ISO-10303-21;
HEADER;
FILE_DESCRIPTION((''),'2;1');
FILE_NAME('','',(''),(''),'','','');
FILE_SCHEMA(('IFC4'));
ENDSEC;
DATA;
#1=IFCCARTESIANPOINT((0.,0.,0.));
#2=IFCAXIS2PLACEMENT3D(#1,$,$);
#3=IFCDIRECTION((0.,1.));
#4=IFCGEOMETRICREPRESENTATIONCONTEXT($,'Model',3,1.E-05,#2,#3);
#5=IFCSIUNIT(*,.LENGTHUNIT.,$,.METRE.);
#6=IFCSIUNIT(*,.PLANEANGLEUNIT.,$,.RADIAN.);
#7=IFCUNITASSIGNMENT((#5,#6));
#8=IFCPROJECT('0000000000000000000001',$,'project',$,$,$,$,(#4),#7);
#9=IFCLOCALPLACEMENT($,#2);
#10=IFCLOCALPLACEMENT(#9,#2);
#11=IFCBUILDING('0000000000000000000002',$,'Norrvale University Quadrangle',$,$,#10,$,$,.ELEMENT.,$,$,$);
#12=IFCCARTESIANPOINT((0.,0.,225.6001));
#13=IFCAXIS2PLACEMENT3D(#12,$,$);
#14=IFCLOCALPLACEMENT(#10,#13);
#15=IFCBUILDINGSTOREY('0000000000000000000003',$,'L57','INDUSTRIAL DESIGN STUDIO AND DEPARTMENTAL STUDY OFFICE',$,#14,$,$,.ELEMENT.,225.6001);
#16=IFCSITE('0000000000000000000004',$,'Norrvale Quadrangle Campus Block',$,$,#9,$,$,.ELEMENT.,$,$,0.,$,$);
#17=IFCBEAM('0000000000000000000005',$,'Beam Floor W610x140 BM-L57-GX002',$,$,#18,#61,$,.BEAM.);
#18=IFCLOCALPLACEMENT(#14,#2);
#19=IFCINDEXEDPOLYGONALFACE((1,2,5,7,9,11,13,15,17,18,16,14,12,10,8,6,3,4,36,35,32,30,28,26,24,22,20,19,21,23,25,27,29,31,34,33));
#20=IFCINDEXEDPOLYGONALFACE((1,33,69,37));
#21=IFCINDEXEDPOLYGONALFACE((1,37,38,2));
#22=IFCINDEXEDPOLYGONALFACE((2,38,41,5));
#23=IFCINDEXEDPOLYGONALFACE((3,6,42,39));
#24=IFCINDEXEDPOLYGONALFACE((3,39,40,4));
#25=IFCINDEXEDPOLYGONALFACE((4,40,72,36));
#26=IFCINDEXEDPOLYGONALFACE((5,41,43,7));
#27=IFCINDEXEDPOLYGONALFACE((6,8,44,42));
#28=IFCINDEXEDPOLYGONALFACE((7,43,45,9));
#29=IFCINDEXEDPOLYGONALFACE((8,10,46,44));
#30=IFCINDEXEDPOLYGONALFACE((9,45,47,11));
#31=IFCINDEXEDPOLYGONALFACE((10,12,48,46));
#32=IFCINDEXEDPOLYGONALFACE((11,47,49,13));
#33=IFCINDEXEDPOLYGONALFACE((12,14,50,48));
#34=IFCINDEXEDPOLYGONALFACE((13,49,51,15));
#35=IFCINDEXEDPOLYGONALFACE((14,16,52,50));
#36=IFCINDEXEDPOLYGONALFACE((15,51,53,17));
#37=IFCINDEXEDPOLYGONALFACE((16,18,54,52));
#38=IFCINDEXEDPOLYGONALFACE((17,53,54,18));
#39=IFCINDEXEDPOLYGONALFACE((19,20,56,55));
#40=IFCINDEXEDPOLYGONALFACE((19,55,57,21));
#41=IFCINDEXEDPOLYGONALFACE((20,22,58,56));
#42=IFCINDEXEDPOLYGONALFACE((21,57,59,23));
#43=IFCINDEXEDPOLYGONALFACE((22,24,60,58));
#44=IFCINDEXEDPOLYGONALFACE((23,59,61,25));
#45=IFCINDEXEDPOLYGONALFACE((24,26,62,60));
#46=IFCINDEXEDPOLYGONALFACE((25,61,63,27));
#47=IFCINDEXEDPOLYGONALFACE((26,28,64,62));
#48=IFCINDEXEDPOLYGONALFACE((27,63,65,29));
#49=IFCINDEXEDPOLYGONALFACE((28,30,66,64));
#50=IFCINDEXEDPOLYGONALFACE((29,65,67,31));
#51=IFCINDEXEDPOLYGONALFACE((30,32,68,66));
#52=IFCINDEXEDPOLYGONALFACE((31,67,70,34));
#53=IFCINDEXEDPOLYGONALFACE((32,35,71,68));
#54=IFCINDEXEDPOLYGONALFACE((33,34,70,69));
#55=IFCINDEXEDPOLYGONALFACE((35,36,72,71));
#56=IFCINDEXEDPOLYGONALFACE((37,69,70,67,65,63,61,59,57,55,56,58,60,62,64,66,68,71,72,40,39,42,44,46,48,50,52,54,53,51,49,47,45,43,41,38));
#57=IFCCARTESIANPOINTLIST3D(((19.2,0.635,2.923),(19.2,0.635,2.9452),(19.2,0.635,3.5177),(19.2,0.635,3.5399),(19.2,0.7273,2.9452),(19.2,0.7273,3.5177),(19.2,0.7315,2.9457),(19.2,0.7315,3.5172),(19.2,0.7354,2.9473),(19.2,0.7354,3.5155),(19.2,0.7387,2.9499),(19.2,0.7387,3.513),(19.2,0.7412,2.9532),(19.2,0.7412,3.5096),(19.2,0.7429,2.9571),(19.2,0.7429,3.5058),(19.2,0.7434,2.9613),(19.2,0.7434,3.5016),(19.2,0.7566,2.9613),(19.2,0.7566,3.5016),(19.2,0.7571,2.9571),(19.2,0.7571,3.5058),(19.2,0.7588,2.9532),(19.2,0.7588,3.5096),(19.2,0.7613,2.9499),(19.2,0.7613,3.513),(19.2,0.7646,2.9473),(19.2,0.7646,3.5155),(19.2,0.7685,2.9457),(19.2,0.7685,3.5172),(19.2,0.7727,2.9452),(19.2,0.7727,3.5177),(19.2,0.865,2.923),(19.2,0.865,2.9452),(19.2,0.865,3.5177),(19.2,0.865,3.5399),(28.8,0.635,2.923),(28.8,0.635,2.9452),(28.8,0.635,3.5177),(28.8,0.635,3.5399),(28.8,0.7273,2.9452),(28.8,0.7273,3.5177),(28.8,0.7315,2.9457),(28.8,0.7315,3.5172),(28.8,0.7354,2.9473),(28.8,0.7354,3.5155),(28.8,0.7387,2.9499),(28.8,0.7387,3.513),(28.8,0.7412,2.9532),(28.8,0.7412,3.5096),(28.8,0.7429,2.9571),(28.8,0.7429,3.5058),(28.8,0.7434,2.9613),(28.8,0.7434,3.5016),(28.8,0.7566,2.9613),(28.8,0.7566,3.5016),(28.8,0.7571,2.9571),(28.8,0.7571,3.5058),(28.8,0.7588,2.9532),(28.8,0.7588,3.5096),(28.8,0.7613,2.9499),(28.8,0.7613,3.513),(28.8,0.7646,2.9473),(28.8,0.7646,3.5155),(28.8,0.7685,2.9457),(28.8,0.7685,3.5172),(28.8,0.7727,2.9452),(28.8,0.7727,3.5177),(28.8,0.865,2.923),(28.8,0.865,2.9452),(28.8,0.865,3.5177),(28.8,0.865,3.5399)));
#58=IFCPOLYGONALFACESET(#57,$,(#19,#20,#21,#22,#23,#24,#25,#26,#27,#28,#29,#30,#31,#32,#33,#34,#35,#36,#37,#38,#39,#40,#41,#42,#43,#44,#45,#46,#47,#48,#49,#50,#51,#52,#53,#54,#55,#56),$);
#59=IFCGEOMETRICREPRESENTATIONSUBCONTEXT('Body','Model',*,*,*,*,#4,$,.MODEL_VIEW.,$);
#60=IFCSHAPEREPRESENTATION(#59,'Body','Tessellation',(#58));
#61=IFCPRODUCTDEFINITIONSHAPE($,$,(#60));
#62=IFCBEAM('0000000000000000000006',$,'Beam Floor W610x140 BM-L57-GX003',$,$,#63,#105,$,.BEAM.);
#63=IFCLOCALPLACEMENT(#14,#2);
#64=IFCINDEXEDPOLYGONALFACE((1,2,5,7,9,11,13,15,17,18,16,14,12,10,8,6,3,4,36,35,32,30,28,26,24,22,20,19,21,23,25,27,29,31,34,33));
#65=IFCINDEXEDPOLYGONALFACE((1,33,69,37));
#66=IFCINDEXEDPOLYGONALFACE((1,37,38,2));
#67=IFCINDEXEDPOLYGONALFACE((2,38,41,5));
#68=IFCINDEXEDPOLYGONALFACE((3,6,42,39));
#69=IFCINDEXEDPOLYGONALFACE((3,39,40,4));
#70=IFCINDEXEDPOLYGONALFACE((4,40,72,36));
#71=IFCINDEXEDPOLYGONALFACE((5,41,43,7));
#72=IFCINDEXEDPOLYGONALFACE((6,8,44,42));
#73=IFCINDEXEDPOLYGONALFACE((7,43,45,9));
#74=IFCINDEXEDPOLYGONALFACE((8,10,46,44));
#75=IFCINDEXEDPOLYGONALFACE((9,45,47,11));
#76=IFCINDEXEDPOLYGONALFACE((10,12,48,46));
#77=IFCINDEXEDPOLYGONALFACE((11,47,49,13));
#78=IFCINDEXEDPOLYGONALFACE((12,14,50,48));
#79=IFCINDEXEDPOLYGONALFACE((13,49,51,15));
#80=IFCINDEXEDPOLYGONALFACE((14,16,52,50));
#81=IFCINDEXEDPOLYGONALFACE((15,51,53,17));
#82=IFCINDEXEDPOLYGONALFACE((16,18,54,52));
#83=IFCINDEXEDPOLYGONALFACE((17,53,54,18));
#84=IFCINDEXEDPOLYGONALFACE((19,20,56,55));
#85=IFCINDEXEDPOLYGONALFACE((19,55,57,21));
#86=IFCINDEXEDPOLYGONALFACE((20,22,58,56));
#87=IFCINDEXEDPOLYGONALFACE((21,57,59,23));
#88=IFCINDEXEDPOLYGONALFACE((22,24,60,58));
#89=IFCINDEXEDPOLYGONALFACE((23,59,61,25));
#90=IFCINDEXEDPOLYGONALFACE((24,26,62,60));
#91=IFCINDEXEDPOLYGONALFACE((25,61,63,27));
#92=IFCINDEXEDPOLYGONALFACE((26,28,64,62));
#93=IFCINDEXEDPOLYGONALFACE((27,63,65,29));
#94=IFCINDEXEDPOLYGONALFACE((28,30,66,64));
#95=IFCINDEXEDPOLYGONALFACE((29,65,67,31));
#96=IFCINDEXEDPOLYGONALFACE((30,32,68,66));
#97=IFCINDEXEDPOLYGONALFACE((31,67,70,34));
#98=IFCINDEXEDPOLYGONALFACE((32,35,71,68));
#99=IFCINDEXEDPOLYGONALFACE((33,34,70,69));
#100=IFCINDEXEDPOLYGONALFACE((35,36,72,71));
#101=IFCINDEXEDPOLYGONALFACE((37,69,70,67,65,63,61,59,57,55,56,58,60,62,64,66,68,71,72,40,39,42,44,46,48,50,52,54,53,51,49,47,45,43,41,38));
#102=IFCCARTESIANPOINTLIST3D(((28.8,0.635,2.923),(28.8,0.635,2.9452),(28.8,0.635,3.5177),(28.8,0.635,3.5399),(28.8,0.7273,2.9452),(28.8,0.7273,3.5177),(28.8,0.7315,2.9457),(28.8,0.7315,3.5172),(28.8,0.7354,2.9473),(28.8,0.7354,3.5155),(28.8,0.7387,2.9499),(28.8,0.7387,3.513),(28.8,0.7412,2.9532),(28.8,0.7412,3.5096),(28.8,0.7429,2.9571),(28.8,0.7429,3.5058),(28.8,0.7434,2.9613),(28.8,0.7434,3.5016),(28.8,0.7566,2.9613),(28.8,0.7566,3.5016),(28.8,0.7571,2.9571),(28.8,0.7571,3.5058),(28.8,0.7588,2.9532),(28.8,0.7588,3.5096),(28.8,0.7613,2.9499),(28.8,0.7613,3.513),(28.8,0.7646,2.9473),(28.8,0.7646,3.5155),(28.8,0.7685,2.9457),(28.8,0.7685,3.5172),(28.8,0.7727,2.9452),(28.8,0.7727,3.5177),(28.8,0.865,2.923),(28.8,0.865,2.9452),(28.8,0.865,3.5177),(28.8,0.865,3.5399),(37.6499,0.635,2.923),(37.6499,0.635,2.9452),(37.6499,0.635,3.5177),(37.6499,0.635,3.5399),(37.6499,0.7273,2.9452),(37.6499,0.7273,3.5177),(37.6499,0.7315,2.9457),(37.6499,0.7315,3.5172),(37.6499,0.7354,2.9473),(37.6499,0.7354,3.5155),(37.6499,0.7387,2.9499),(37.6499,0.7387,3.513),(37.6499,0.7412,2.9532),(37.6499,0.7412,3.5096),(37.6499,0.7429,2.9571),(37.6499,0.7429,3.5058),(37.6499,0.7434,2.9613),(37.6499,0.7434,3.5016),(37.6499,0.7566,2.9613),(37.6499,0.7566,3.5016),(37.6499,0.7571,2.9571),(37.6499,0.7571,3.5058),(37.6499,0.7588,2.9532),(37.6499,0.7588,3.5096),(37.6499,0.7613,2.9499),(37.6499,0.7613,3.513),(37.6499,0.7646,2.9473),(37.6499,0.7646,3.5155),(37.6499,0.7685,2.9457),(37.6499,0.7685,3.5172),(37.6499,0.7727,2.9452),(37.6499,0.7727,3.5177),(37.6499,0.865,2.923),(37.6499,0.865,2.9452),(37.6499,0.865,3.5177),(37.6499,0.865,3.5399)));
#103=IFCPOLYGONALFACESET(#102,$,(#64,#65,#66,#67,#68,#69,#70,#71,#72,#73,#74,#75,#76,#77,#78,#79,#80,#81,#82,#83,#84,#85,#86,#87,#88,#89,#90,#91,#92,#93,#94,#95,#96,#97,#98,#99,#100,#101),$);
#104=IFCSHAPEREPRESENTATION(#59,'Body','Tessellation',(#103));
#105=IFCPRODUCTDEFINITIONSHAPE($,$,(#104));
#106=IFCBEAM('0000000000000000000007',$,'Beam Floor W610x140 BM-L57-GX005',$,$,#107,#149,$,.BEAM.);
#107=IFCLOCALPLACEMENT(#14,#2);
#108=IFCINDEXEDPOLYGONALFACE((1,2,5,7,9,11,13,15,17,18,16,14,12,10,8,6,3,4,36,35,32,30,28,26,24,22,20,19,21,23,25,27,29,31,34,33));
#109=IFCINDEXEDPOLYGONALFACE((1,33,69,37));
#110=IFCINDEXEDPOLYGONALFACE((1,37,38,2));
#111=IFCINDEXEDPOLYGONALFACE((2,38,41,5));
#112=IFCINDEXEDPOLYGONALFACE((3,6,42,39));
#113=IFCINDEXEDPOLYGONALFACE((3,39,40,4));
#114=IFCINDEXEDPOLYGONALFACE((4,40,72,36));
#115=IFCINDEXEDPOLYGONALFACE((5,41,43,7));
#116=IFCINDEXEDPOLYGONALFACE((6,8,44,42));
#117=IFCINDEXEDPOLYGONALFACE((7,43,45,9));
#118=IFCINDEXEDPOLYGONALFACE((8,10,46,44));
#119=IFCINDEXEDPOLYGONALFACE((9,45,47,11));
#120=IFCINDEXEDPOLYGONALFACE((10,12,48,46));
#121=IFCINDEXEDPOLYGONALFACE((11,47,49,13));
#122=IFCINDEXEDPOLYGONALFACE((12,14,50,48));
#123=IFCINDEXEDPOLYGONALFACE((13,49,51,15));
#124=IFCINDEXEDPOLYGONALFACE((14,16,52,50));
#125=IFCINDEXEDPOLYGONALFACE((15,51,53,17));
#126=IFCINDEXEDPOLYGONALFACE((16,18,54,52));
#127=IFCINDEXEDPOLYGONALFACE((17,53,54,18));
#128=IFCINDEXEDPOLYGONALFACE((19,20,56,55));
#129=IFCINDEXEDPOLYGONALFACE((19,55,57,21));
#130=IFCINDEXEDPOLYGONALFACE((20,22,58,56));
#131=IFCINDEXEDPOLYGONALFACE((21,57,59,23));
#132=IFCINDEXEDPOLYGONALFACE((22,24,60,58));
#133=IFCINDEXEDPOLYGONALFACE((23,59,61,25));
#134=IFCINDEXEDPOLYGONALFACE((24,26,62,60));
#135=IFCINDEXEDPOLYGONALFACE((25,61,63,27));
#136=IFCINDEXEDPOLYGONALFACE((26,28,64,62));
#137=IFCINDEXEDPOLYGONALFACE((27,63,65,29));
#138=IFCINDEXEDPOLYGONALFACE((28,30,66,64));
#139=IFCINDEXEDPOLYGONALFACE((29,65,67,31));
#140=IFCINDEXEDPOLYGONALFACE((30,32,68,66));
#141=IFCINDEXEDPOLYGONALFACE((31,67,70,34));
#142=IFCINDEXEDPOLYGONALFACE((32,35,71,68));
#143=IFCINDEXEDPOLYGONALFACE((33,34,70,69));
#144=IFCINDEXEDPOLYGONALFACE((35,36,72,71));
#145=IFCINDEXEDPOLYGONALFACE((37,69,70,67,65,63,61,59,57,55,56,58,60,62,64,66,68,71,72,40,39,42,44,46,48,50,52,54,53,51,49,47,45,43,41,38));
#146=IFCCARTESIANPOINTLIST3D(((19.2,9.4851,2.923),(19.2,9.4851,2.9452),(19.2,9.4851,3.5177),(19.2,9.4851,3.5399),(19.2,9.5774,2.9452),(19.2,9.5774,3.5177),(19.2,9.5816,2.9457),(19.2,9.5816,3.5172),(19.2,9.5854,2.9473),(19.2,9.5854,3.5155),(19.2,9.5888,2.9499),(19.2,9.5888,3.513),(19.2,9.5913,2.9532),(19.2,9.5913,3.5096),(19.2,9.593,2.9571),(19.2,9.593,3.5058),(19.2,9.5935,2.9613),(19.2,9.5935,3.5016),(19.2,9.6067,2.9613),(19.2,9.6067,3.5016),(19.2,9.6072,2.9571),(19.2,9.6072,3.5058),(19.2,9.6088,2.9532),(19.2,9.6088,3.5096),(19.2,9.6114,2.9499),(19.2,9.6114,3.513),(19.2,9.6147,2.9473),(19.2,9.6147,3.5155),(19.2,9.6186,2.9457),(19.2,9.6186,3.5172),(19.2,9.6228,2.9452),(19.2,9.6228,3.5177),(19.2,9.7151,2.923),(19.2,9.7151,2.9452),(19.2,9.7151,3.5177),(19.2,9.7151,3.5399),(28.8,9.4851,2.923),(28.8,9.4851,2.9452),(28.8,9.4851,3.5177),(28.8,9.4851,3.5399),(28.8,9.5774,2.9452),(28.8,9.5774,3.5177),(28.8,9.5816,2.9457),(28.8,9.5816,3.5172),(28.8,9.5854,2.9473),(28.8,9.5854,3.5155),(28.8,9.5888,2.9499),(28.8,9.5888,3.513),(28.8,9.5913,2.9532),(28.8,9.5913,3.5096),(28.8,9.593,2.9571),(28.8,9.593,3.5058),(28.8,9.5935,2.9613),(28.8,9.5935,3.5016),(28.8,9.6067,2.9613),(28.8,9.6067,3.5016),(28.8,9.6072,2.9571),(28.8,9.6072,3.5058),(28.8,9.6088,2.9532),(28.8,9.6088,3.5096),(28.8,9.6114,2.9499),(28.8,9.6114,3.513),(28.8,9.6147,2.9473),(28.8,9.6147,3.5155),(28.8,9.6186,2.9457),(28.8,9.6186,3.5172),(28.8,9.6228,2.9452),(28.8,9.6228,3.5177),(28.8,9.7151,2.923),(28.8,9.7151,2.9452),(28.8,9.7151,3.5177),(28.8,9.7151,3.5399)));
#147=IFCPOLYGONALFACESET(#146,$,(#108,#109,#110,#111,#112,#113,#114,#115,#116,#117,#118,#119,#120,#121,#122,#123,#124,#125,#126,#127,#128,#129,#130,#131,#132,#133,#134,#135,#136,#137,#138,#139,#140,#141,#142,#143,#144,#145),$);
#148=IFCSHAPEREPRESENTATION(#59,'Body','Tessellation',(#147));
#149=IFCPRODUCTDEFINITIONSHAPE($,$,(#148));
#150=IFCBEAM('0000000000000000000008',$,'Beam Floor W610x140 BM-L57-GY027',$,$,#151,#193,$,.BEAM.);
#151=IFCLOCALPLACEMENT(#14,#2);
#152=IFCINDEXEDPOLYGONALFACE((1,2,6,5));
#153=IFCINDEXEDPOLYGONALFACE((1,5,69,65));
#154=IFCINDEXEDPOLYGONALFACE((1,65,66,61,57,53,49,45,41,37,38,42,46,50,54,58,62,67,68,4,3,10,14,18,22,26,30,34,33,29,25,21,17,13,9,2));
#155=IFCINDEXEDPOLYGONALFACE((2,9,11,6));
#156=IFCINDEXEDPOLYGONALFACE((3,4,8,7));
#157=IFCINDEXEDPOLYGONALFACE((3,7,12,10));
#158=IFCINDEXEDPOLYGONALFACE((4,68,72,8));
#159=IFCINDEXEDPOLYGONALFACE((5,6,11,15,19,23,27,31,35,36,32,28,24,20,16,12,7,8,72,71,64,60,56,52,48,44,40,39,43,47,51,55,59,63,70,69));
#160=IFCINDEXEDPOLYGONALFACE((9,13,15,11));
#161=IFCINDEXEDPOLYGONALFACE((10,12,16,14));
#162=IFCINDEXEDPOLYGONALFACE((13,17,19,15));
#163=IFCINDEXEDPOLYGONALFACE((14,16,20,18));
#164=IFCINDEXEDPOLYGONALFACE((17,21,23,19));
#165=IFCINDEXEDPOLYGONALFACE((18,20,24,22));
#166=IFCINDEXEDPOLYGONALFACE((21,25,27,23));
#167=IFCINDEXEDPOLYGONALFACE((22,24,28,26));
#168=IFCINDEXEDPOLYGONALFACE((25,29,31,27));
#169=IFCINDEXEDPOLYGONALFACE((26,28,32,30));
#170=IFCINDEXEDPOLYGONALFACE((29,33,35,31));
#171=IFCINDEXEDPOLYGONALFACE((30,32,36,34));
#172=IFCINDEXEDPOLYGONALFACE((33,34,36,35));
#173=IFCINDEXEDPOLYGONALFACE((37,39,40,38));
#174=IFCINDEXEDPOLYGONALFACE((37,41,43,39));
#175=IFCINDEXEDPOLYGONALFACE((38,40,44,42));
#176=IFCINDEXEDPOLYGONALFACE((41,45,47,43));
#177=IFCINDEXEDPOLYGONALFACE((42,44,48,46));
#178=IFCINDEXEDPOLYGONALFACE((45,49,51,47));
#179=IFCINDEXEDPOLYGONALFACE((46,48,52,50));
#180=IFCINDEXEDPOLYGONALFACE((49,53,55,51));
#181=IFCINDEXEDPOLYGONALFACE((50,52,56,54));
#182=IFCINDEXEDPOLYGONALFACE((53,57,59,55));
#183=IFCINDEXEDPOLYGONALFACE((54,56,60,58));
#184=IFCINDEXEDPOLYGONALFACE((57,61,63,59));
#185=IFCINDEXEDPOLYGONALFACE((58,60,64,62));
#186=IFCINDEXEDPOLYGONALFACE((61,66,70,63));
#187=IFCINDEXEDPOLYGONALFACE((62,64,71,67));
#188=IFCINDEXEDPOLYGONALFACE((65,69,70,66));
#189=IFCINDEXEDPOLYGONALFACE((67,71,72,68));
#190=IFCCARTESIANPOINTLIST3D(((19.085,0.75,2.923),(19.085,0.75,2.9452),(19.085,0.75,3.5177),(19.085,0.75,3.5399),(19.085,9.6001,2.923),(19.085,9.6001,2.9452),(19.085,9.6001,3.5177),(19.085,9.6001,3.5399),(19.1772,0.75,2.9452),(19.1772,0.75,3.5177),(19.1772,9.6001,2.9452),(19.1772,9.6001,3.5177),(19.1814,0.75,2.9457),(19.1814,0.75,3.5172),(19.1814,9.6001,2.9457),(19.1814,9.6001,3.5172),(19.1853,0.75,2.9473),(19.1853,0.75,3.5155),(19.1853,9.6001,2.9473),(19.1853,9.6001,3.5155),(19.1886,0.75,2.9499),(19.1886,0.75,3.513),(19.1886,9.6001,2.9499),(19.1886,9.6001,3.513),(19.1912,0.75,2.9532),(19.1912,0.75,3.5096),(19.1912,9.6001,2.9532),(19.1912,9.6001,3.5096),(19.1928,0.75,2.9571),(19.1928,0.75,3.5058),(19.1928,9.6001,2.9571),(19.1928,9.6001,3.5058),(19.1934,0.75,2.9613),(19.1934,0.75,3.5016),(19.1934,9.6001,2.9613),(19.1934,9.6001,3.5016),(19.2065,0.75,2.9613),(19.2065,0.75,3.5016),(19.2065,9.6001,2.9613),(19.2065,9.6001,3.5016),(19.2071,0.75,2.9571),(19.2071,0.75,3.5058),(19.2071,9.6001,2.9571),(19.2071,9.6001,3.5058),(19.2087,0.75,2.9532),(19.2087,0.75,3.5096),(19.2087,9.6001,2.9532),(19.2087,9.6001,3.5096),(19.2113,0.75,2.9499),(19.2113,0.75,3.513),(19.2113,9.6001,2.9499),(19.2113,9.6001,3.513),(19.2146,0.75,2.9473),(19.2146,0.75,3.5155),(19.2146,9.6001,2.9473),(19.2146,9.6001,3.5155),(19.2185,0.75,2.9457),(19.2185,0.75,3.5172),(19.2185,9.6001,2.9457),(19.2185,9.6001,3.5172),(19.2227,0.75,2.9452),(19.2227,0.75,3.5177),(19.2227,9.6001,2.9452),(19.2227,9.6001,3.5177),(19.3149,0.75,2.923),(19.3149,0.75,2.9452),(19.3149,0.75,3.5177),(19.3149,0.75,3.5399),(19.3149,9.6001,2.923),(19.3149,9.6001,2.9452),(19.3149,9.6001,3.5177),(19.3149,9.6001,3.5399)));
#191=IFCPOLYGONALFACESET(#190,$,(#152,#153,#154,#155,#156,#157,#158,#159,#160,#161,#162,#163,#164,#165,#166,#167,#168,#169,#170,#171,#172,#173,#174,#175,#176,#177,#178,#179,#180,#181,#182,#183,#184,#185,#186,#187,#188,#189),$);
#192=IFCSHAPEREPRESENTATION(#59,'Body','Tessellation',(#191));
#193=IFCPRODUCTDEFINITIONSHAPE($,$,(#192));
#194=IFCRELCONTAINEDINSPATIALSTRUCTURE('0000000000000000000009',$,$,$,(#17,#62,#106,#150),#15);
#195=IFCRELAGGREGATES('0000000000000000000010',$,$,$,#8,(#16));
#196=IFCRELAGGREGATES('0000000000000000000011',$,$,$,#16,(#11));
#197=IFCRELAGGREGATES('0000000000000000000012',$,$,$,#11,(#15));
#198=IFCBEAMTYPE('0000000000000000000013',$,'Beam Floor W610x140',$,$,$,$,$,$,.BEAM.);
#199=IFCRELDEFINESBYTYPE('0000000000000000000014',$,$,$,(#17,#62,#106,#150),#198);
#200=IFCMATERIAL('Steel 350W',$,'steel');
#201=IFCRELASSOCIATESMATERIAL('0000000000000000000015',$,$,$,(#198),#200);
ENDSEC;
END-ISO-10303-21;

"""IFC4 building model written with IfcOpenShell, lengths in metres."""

from ifc_helpers import new_model, si_unit, direction, frame, origin, origin_2d, place, context, subcontext, project, spatial, i_section, extrude, material, material_profile, profile_set, type_object, element, save


model = new_model("IFC4")

# Units and contexts
model_context = context("Model", 3, precision=1e-05, world=origin(), true_north=direction((0.0, 1.0)))
body_context = subcontext(model_context, "Body", "Model", "MODEL_VIEW")
ifc_project = project(units=[si_unit("LENGTHUNIT", "METRE"), si_unit("PLANEANGLEUNIT", "RADIAN")], contexts=[model_context])

# Site, building, storey
site_placement = place(None, origin())
site = spatial("IfcSite", under=ifc_project, at=site_placement, Name="Norrvale Quadrangle Campus Block", CompositionType="ELEMENT", RefElevation=0.0)
building_placement = place(site_placement, origin())
building = spatial("IfcBuilding", under=site, at=building_placement, Name="Norrvale University Quadrangle", CompositionType="ELEMENT")
storey_placement = place(building_placement, frame((0.0, 0.0, 225.6001)))
storey = spatial("IfcBuildingStorey", under=building, at=storey_placement, Name="L57", Description="INDUSTRIAL DESIGN STUDIO AND DEPARTMENTAL STUDY OFFICE", CompositionType="ELEMENT", Elevation=225.6001)

# Beams
ifc_material_1 = material(Name="Steel 350W", Category="steel")
ifc_material_profile_1 = material_profile(ifc_material_1, i_section(OverallWidth=0.23, OverallDepth=0.6169, WebThickness=0.0132, FlangeThickness=0.0222, FilletRadius=0.0161, at=origin_2d()), Name="Steel 350W")
ifc_profile_set_1 = profile_set([ifc_material_profile_1], Name="Steel 350W")
beam_type_1 = type_object("IfcBeamType", Name="Beam Floor W610x140", PredefinedType="BEAM", material=ifc_profile_set_1)
beam_1_placement = place(storey_placement, frame((19.2, 0.75, 3.2314), z_axis=(1.0, 0.0, 0.0), x_axis=(0.0, 1.0, 0.0)))
element("IfcBeam", 1, at=beam_1_placement, inside=storey, type_object=beam_type_1, Name="Beam Floor W610x140 BM-L57-GX002", PredefinedType="BEAM", context=body_context, shape_type="SweptSolid", body=[
    extrude(i_section(OverallWidth=0.23, OverallDepth=0.6169, WebThickness=0.0132, FlangeThickness=0.0222, FilletRadius=0.0161, at=origin_2d()), origin(), (0.0, 0.0, 1.0), 9.6001),
])
beam_2_placement = place(storey_placement, frame((28.8, 0.75, 3.2314), z_axis=(1.0, 0.0, 0.0), x_axis=(0.0, 1.0, 0.0)))
element("IfcBeam", 2, at=beam_2_placement, inside=storey, type_object=beam_type_1, Name="Beam Floor W610x140 BM-L57-GX003", PredefinedType="BEAM", context=body_context, shape_type="SweptSolid", body=[
    extrude(i_section(OverallWidth=0.23, OverallDepth=0.6169, WebThickness=0.0132, FlangeThickness=0.0222, FilletRadius=0.0161, at=origin_2d()), origin(), (0.0, 0.0, 1.0), 8.8499),
])
beam_3_placement = place(storey_placement, frame((19.2, 9.6001, 3.2314), z_axis=(1.0, 0.0, 0.0), x_axis=(0.0, 1.0, 0.0)))
element("IfcBeam", 3, at=beam_3_placement, inside=storey, type_object=beam_type_1, Name="Beam Floor W610x140 BM-L57-GX005", PredefinedType="BEAM", context=body_context, shape_type="SweptSolid", body=[
    extrude(i_section(OverallWidth=0.23, OverallDepth=0.6169, WebThickness=0.0132, FlangeThickness=0.0222, FilletRadius=0.0161, at=origin_2d()), origin(), (0.0, 0.0, 1.0), 9.6001),
])
beam_4_placement = place(storey_placement, frame((19.2, 0.75, 3.2314), z_axis=(0.0, 1.0, 0.0), x_axis=(-1.0, 0.0, 0.0)))
element("IfcBeam", 4, at=beam_4_placement, inside=storey, type_object=beam_type_1, Name="Beam Floor W610x140 BM-L57-GY027", PredefinedType="BEAM", context=body_context, shape_type="SweptSolid", body=[
    extrude(i_section(OverallWidth=0.23, OverallDepth=0.6169, WebThickness=0.0132, FlangeThickness=0.0222, FilletRadius=0.0161, at=origin_2d()), origin(), (0.0, 0.0, 1.0), 8.8501),
])

save(model, "model.ifc")
